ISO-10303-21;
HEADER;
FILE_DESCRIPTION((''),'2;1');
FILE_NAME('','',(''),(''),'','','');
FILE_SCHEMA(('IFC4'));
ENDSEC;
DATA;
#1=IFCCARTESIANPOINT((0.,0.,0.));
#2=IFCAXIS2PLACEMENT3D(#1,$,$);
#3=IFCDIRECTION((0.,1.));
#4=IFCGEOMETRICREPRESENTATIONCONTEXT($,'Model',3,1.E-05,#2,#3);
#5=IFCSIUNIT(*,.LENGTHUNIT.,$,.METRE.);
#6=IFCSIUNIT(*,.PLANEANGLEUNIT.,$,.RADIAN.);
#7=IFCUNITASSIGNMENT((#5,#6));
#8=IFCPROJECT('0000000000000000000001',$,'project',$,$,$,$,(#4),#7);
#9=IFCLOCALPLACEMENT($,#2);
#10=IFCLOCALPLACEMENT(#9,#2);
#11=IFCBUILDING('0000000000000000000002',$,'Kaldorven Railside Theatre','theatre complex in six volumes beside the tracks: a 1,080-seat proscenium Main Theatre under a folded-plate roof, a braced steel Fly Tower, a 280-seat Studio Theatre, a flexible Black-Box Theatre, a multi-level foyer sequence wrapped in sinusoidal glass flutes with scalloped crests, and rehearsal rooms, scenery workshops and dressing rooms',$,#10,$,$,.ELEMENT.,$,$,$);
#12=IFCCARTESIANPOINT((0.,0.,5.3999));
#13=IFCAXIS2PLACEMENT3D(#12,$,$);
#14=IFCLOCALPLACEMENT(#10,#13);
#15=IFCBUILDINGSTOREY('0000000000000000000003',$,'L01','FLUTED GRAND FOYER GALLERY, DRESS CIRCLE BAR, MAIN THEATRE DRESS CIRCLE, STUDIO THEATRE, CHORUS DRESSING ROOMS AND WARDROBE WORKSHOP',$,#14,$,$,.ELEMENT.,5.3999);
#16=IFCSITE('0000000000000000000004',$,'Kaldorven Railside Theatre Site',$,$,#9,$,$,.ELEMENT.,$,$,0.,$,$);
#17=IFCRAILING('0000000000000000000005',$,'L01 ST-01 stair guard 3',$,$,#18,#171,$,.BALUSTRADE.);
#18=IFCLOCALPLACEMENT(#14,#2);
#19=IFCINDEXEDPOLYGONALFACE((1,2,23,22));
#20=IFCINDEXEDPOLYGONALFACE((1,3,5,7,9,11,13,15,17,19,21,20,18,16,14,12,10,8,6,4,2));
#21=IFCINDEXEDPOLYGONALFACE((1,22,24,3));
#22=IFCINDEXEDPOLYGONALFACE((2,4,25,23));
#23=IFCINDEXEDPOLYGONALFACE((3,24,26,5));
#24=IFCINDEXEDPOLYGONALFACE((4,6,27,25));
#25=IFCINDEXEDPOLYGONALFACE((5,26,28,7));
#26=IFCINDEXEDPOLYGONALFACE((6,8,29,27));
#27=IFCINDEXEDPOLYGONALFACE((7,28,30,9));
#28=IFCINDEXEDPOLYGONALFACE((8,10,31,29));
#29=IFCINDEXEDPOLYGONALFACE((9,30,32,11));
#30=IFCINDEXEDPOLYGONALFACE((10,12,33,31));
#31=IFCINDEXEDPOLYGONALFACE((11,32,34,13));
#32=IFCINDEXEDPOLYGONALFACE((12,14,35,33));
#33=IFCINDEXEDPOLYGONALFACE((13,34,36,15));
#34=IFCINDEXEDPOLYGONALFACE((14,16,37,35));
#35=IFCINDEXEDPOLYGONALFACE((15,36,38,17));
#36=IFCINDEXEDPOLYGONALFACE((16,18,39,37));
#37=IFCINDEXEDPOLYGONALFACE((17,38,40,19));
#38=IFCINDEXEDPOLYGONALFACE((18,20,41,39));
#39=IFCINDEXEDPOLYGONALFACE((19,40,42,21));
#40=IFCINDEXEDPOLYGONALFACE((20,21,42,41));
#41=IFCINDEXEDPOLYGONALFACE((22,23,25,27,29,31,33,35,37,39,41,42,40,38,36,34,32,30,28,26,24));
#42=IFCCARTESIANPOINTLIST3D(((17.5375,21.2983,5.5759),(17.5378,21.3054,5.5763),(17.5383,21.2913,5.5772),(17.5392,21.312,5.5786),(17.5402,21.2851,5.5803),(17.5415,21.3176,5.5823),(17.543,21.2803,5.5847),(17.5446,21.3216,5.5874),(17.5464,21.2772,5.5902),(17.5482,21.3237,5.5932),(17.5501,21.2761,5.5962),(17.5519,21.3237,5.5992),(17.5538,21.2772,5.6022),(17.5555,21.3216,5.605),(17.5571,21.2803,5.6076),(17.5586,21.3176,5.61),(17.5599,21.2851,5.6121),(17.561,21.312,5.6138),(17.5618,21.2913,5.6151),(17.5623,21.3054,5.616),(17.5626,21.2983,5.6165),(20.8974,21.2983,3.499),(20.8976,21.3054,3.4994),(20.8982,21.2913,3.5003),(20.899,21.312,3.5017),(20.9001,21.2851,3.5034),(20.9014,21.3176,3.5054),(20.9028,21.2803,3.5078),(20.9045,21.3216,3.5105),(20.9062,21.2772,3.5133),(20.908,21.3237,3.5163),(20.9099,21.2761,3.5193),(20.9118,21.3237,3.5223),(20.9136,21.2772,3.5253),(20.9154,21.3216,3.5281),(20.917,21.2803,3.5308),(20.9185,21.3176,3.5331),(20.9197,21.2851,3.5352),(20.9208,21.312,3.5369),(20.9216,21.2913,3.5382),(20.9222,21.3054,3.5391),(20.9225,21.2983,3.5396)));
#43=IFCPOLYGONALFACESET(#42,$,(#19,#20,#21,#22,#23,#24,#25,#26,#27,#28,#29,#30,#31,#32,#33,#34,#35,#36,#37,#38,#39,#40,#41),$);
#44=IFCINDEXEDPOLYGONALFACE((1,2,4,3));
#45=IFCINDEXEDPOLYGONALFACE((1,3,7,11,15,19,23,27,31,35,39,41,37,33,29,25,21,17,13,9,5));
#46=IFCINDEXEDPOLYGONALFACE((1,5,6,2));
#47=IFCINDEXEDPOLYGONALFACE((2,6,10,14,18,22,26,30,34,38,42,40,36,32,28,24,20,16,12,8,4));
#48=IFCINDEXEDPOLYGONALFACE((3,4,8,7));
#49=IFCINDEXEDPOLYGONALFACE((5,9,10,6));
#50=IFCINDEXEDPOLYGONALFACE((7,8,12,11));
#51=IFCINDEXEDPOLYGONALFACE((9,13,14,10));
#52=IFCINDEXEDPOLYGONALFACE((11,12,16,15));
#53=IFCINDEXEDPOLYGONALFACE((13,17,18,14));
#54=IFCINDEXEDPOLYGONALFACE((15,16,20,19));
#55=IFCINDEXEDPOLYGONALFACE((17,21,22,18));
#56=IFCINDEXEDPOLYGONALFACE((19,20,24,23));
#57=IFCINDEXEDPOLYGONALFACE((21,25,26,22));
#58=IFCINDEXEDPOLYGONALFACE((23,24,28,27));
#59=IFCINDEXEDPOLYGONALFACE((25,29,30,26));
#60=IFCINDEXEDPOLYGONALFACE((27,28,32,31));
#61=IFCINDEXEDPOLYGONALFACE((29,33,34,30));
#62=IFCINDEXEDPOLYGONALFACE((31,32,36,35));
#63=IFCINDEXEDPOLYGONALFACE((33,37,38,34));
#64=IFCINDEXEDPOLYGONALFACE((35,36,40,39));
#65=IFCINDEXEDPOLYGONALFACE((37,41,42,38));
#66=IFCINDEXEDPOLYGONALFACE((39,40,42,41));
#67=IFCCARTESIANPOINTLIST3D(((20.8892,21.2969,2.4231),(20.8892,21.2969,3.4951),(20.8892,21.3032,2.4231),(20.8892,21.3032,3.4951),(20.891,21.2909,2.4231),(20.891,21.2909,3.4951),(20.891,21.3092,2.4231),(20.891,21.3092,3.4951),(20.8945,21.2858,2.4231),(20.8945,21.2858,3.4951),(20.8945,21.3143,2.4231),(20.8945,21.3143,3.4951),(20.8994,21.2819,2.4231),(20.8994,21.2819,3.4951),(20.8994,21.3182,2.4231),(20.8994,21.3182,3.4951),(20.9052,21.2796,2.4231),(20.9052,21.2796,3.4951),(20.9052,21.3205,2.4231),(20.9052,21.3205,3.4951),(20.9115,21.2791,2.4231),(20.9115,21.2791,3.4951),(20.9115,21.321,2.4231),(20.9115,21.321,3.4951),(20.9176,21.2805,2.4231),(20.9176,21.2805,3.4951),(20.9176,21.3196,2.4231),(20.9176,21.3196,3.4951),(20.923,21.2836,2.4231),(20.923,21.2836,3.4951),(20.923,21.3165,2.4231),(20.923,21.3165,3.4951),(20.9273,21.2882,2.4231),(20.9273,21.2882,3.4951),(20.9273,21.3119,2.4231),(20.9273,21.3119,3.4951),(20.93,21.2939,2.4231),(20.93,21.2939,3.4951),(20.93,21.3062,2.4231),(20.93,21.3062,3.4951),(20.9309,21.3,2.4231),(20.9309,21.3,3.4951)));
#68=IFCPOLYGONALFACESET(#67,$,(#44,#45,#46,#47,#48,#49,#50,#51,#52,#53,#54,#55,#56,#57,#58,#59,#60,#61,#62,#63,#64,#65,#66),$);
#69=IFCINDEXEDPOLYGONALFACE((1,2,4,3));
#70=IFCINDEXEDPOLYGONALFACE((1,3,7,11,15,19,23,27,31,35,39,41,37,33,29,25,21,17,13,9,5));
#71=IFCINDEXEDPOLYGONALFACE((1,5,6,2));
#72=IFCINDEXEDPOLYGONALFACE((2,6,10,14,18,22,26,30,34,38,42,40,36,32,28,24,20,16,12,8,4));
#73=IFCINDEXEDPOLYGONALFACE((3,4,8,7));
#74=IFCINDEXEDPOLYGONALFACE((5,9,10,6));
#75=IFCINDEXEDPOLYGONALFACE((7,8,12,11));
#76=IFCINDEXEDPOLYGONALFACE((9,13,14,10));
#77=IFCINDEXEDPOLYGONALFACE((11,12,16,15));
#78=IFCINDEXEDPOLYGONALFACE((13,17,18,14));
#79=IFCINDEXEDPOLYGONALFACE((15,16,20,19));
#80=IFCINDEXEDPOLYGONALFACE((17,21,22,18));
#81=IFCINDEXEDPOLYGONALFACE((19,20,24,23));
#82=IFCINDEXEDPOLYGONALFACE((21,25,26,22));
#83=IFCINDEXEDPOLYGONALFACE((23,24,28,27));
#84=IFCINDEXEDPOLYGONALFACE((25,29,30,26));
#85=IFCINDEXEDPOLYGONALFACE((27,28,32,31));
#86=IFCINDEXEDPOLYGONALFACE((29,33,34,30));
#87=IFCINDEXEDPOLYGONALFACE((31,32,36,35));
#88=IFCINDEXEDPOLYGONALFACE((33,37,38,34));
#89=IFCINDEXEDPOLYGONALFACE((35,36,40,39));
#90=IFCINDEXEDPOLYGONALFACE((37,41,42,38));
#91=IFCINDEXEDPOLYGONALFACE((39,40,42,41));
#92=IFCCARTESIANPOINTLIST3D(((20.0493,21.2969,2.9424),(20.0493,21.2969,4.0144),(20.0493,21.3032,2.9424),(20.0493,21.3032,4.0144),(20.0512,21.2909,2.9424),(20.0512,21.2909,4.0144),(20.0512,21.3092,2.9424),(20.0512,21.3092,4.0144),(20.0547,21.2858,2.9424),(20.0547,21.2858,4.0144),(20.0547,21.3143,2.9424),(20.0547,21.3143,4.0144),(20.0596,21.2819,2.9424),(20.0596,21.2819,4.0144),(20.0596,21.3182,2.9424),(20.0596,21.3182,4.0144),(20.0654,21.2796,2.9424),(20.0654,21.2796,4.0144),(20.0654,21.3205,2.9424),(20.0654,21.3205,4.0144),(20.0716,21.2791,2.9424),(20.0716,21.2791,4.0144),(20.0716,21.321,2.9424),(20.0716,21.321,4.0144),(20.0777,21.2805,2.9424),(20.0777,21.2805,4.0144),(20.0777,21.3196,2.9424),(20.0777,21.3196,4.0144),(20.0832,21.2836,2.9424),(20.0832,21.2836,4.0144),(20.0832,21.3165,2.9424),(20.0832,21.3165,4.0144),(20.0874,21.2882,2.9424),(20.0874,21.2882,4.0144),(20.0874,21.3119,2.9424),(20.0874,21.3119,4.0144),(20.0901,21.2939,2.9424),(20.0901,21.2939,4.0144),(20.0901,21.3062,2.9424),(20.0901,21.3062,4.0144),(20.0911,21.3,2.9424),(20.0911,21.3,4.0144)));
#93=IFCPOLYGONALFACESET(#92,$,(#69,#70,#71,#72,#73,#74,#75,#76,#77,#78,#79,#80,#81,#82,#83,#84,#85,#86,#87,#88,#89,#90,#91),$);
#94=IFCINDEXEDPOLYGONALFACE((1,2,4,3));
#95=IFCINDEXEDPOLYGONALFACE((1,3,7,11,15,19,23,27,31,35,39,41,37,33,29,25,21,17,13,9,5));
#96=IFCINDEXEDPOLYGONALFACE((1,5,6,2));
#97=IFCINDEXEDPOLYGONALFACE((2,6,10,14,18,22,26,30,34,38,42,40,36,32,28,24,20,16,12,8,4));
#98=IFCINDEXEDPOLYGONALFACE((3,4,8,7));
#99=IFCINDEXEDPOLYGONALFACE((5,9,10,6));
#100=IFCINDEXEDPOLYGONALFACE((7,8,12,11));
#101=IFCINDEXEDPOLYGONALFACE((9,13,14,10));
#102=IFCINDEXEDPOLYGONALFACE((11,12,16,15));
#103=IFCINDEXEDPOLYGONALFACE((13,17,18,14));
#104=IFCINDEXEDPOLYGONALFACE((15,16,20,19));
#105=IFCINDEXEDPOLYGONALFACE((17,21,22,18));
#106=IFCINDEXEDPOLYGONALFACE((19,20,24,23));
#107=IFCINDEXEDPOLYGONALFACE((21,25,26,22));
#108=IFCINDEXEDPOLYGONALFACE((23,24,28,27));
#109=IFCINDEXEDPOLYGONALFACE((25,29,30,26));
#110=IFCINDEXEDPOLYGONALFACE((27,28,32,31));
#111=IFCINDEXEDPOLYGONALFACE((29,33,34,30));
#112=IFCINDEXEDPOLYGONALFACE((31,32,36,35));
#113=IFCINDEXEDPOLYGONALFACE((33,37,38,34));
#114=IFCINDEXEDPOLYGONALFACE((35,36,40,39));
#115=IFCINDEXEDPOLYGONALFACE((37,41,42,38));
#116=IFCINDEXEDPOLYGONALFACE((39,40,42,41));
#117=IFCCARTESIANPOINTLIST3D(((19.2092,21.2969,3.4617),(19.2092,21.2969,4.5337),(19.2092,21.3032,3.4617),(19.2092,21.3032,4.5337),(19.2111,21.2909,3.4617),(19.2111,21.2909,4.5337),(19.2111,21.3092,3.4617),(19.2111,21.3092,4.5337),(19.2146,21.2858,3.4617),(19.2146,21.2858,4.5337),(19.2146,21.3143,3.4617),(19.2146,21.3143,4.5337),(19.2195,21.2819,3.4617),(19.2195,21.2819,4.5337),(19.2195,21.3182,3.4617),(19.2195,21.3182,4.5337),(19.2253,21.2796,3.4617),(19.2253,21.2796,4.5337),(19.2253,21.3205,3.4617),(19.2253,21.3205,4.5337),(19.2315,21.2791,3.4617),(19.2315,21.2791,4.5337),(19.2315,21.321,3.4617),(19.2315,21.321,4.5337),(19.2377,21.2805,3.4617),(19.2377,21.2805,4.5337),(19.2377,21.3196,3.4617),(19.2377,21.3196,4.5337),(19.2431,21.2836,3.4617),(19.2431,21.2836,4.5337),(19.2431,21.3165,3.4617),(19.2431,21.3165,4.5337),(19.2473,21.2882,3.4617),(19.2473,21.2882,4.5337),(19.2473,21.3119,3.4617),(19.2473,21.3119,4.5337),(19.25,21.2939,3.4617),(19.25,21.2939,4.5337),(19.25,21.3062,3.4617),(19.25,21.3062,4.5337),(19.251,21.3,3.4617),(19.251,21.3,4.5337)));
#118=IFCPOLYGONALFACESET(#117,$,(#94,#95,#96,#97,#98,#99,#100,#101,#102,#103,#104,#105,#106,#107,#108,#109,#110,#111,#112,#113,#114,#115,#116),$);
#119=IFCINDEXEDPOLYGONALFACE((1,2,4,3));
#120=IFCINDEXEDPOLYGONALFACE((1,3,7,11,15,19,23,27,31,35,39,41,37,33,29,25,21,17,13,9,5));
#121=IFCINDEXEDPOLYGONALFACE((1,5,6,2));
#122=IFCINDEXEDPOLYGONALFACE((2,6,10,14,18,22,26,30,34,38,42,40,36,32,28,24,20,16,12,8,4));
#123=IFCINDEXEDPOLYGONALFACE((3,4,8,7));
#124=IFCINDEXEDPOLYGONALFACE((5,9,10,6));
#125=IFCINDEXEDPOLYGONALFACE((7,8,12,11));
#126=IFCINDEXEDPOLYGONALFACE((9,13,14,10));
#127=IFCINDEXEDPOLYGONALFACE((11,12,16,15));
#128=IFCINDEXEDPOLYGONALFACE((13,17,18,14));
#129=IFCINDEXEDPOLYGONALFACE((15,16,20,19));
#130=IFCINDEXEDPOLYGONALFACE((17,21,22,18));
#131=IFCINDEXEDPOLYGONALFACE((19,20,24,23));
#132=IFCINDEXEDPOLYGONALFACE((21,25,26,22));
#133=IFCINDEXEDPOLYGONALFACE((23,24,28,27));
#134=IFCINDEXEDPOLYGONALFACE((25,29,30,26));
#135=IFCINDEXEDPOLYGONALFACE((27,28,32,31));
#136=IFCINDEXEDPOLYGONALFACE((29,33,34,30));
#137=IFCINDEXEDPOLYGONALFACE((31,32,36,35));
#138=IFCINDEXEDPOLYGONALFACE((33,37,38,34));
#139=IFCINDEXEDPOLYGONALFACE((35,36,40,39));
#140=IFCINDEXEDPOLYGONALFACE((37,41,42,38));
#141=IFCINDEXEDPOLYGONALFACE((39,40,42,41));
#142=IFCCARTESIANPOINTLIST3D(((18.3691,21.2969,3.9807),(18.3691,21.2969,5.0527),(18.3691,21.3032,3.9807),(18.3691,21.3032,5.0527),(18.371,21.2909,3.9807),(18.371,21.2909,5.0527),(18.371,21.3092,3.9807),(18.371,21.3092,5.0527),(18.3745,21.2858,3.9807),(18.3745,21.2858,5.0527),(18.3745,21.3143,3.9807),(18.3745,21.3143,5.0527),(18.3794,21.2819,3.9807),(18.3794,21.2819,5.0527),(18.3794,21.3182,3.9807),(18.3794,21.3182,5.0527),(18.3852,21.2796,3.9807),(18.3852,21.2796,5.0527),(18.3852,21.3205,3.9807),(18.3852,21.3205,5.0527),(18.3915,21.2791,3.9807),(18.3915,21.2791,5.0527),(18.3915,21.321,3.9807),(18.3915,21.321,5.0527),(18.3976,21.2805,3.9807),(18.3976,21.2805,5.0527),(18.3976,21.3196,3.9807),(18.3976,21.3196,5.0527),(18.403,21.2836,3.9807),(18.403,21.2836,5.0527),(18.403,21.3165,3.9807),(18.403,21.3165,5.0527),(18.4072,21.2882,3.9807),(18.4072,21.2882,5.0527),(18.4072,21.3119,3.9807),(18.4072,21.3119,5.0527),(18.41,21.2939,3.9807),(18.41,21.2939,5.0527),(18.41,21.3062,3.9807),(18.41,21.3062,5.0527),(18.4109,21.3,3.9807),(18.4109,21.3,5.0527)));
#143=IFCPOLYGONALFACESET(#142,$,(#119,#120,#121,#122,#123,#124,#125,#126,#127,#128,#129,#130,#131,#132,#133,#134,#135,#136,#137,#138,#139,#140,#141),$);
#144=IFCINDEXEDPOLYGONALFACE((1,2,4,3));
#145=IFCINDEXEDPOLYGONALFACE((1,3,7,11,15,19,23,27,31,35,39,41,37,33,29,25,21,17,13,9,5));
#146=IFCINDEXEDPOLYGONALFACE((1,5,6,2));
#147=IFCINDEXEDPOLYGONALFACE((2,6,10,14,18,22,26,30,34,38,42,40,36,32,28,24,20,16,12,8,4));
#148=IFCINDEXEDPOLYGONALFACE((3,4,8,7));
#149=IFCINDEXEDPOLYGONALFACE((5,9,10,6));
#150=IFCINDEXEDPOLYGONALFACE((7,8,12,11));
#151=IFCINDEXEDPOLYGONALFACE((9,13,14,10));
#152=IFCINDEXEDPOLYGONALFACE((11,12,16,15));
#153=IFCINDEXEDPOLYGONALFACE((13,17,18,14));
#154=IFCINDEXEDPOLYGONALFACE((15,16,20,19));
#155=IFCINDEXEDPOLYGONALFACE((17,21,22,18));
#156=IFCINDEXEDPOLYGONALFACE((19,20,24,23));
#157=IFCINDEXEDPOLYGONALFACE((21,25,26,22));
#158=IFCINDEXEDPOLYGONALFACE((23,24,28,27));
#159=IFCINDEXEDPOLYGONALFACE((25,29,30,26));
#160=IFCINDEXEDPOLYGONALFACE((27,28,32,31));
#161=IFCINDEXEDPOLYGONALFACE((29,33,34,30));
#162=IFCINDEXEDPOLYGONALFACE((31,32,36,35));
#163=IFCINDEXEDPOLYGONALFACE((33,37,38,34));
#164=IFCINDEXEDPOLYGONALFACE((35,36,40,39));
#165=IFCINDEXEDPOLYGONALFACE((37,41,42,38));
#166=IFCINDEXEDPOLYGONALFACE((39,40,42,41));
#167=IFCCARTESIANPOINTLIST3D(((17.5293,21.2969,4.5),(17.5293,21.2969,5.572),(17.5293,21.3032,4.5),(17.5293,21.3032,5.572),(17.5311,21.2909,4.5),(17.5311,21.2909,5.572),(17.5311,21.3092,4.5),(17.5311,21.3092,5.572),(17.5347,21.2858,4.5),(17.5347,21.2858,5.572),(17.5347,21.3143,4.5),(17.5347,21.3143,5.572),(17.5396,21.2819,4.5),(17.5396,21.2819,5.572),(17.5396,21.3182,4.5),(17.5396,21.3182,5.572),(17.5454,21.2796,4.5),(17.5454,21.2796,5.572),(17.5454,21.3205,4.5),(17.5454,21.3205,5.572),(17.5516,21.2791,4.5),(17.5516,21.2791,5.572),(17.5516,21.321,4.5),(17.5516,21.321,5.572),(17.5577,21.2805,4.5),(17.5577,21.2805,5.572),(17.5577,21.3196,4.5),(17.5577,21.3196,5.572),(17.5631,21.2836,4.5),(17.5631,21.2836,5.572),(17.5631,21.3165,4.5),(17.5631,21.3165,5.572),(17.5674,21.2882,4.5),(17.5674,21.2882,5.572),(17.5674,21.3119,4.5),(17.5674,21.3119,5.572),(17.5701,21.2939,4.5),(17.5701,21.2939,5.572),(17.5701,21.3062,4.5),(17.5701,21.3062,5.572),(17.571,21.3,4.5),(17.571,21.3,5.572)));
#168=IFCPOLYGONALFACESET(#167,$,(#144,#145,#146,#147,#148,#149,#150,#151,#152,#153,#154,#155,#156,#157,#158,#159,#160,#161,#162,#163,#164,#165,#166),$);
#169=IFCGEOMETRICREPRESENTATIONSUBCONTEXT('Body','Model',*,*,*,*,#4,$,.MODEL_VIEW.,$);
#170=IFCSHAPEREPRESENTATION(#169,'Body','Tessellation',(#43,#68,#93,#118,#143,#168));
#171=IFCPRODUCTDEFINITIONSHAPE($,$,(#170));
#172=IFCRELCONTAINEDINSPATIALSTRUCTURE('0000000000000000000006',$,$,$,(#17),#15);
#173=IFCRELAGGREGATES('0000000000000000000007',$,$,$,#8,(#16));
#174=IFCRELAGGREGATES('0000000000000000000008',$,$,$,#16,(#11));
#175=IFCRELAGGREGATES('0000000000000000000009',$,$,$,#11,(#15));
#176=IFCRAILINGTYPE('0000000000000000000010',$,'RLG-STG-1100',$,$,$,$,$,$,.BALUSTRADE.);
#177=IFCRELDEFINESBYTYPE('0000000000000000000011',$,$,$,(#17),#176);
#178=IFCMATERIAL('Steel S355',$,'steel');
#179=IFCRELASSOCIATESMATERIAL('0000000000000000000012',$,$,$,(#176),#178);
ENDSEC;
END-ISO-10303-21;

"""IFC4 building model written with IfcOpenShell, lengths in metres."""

from ifc_helpers import new_model, si_unit, direction, frame, origin, origin_2d, place, context, subcontext, project, spatial, circle, extrude, material, type_object, element, save


model = new_model("IFC4")

# Units and contexts
model_context = context("Model", 3, precision=1e-05, world=origin(), true_north=direction((0.0, 1.0)))
body_context = subcontext(model_context, "Body", "Model", "MODEL_VIEW")
ifc_project = project(units=[si_unit("LENGTHUNIT", "METRE"), si_unit("PLANEANGLEUNIT", "RADIAN")], contexts=[model_context])

# Site, building, storey
site_placement = place(None, origin())
site = spatial("IfcSite", under=ifc_project, at=site_placement, Name="Kaldorven Railside Theatre Site", CompositionType="ELEMENT", RefElevation=0.0)
building_placement = place(site_placement, origin())
building = spatial("IfcBuilding", under=site, at=building_placement, Name="Kaldorven Railside Theatre", Description="theatre complex in six volumes beside the tracks: a 1,080-seat proscenium Main Theatre under a folded-plate roof, a braced steel Fly Tower, a 280-seat Studio Theatre, a flexible Black-Box Theatre, a multi-level foyer sequence wrapped in sinusoidal glass flutes with scalloped crests, and rehearsal rooms, scenery workshops and dressing rooms", CompositionType="ELEMENT")
storey_placement = place(building_placement, frame((0.0, 0.0, 5.3999)))
storey = spatial("IfcBuildingStorey", under=building, at=storey_placement, Name="L01", Description="FLUTED GRAND FOYER GALLERY, DRESS CIRCLE BAR, MAIN THEATRE DRESS CIRCLE, STUDIO THEATRE, CHORUS DRESSING ROOMS AND WARDROBE WORKSHOP", CompositionType="ELEMENT", Elevation=5.3999)

# Shared definitions
ifc_material_1 = material(Name="Steel S355", Category="steel")

# Railing
railing_type_1 = type_object("IfcRailingType", Name="RLG-STG-1100", PredefinedType="BALUSTRADE", material=ifc_material_1)
railing_1_placement = place(storey_placement, frame((20.9099, 21.3, 2.4231)))
element("IfcRailing", 1, at=railing_1_placement, inside=storey, type_object=railing_type_1, Name="L01 ST-01 stair guard 3", PredefinedType="BALUSTRADE", context=body_context, shape_type="SweptSolid", body=[
    extrude(circle(Radius=0.0239, at=origin_2d()), frame((0.0, 0.0, 1.0962), z_axis=(-0.850606, 0.0, 0.525803), x_axis=(0.0, -1.0, 0.0)), (0.0, 0.0, 1.0), 3.95),
    extrude(circle(Radius=0.021, at=origin_2d()), origin(), (0.0, 0.0, 1.0), 1.072),
    extrude(circle(Radius=0.021, at=origin_2d()), frame((-0.8398, 0.0, 0.5193)), (0.0, 0.0, 1.0), 1.072),
    extrude(circle(Radius=0.021, at=origin_2d()), frame((-1.6799, 0.0, 1.0386)), (0.0, 0.0, 1.0), 1.072),
    extrude(circle(Radius=0.021, at=origin_2d()), frame((-2.52, 0.0, 1.5576)), (0.0, 0.0, 1.0), 1.072),
    extrude(circle(Radius=0.021, at=origin_2d()), frame((-3.3599, 0.0, 2.0769)), (0.0, 0.0, 1.0), 1.072),
])

save(model, "model.ifc")
